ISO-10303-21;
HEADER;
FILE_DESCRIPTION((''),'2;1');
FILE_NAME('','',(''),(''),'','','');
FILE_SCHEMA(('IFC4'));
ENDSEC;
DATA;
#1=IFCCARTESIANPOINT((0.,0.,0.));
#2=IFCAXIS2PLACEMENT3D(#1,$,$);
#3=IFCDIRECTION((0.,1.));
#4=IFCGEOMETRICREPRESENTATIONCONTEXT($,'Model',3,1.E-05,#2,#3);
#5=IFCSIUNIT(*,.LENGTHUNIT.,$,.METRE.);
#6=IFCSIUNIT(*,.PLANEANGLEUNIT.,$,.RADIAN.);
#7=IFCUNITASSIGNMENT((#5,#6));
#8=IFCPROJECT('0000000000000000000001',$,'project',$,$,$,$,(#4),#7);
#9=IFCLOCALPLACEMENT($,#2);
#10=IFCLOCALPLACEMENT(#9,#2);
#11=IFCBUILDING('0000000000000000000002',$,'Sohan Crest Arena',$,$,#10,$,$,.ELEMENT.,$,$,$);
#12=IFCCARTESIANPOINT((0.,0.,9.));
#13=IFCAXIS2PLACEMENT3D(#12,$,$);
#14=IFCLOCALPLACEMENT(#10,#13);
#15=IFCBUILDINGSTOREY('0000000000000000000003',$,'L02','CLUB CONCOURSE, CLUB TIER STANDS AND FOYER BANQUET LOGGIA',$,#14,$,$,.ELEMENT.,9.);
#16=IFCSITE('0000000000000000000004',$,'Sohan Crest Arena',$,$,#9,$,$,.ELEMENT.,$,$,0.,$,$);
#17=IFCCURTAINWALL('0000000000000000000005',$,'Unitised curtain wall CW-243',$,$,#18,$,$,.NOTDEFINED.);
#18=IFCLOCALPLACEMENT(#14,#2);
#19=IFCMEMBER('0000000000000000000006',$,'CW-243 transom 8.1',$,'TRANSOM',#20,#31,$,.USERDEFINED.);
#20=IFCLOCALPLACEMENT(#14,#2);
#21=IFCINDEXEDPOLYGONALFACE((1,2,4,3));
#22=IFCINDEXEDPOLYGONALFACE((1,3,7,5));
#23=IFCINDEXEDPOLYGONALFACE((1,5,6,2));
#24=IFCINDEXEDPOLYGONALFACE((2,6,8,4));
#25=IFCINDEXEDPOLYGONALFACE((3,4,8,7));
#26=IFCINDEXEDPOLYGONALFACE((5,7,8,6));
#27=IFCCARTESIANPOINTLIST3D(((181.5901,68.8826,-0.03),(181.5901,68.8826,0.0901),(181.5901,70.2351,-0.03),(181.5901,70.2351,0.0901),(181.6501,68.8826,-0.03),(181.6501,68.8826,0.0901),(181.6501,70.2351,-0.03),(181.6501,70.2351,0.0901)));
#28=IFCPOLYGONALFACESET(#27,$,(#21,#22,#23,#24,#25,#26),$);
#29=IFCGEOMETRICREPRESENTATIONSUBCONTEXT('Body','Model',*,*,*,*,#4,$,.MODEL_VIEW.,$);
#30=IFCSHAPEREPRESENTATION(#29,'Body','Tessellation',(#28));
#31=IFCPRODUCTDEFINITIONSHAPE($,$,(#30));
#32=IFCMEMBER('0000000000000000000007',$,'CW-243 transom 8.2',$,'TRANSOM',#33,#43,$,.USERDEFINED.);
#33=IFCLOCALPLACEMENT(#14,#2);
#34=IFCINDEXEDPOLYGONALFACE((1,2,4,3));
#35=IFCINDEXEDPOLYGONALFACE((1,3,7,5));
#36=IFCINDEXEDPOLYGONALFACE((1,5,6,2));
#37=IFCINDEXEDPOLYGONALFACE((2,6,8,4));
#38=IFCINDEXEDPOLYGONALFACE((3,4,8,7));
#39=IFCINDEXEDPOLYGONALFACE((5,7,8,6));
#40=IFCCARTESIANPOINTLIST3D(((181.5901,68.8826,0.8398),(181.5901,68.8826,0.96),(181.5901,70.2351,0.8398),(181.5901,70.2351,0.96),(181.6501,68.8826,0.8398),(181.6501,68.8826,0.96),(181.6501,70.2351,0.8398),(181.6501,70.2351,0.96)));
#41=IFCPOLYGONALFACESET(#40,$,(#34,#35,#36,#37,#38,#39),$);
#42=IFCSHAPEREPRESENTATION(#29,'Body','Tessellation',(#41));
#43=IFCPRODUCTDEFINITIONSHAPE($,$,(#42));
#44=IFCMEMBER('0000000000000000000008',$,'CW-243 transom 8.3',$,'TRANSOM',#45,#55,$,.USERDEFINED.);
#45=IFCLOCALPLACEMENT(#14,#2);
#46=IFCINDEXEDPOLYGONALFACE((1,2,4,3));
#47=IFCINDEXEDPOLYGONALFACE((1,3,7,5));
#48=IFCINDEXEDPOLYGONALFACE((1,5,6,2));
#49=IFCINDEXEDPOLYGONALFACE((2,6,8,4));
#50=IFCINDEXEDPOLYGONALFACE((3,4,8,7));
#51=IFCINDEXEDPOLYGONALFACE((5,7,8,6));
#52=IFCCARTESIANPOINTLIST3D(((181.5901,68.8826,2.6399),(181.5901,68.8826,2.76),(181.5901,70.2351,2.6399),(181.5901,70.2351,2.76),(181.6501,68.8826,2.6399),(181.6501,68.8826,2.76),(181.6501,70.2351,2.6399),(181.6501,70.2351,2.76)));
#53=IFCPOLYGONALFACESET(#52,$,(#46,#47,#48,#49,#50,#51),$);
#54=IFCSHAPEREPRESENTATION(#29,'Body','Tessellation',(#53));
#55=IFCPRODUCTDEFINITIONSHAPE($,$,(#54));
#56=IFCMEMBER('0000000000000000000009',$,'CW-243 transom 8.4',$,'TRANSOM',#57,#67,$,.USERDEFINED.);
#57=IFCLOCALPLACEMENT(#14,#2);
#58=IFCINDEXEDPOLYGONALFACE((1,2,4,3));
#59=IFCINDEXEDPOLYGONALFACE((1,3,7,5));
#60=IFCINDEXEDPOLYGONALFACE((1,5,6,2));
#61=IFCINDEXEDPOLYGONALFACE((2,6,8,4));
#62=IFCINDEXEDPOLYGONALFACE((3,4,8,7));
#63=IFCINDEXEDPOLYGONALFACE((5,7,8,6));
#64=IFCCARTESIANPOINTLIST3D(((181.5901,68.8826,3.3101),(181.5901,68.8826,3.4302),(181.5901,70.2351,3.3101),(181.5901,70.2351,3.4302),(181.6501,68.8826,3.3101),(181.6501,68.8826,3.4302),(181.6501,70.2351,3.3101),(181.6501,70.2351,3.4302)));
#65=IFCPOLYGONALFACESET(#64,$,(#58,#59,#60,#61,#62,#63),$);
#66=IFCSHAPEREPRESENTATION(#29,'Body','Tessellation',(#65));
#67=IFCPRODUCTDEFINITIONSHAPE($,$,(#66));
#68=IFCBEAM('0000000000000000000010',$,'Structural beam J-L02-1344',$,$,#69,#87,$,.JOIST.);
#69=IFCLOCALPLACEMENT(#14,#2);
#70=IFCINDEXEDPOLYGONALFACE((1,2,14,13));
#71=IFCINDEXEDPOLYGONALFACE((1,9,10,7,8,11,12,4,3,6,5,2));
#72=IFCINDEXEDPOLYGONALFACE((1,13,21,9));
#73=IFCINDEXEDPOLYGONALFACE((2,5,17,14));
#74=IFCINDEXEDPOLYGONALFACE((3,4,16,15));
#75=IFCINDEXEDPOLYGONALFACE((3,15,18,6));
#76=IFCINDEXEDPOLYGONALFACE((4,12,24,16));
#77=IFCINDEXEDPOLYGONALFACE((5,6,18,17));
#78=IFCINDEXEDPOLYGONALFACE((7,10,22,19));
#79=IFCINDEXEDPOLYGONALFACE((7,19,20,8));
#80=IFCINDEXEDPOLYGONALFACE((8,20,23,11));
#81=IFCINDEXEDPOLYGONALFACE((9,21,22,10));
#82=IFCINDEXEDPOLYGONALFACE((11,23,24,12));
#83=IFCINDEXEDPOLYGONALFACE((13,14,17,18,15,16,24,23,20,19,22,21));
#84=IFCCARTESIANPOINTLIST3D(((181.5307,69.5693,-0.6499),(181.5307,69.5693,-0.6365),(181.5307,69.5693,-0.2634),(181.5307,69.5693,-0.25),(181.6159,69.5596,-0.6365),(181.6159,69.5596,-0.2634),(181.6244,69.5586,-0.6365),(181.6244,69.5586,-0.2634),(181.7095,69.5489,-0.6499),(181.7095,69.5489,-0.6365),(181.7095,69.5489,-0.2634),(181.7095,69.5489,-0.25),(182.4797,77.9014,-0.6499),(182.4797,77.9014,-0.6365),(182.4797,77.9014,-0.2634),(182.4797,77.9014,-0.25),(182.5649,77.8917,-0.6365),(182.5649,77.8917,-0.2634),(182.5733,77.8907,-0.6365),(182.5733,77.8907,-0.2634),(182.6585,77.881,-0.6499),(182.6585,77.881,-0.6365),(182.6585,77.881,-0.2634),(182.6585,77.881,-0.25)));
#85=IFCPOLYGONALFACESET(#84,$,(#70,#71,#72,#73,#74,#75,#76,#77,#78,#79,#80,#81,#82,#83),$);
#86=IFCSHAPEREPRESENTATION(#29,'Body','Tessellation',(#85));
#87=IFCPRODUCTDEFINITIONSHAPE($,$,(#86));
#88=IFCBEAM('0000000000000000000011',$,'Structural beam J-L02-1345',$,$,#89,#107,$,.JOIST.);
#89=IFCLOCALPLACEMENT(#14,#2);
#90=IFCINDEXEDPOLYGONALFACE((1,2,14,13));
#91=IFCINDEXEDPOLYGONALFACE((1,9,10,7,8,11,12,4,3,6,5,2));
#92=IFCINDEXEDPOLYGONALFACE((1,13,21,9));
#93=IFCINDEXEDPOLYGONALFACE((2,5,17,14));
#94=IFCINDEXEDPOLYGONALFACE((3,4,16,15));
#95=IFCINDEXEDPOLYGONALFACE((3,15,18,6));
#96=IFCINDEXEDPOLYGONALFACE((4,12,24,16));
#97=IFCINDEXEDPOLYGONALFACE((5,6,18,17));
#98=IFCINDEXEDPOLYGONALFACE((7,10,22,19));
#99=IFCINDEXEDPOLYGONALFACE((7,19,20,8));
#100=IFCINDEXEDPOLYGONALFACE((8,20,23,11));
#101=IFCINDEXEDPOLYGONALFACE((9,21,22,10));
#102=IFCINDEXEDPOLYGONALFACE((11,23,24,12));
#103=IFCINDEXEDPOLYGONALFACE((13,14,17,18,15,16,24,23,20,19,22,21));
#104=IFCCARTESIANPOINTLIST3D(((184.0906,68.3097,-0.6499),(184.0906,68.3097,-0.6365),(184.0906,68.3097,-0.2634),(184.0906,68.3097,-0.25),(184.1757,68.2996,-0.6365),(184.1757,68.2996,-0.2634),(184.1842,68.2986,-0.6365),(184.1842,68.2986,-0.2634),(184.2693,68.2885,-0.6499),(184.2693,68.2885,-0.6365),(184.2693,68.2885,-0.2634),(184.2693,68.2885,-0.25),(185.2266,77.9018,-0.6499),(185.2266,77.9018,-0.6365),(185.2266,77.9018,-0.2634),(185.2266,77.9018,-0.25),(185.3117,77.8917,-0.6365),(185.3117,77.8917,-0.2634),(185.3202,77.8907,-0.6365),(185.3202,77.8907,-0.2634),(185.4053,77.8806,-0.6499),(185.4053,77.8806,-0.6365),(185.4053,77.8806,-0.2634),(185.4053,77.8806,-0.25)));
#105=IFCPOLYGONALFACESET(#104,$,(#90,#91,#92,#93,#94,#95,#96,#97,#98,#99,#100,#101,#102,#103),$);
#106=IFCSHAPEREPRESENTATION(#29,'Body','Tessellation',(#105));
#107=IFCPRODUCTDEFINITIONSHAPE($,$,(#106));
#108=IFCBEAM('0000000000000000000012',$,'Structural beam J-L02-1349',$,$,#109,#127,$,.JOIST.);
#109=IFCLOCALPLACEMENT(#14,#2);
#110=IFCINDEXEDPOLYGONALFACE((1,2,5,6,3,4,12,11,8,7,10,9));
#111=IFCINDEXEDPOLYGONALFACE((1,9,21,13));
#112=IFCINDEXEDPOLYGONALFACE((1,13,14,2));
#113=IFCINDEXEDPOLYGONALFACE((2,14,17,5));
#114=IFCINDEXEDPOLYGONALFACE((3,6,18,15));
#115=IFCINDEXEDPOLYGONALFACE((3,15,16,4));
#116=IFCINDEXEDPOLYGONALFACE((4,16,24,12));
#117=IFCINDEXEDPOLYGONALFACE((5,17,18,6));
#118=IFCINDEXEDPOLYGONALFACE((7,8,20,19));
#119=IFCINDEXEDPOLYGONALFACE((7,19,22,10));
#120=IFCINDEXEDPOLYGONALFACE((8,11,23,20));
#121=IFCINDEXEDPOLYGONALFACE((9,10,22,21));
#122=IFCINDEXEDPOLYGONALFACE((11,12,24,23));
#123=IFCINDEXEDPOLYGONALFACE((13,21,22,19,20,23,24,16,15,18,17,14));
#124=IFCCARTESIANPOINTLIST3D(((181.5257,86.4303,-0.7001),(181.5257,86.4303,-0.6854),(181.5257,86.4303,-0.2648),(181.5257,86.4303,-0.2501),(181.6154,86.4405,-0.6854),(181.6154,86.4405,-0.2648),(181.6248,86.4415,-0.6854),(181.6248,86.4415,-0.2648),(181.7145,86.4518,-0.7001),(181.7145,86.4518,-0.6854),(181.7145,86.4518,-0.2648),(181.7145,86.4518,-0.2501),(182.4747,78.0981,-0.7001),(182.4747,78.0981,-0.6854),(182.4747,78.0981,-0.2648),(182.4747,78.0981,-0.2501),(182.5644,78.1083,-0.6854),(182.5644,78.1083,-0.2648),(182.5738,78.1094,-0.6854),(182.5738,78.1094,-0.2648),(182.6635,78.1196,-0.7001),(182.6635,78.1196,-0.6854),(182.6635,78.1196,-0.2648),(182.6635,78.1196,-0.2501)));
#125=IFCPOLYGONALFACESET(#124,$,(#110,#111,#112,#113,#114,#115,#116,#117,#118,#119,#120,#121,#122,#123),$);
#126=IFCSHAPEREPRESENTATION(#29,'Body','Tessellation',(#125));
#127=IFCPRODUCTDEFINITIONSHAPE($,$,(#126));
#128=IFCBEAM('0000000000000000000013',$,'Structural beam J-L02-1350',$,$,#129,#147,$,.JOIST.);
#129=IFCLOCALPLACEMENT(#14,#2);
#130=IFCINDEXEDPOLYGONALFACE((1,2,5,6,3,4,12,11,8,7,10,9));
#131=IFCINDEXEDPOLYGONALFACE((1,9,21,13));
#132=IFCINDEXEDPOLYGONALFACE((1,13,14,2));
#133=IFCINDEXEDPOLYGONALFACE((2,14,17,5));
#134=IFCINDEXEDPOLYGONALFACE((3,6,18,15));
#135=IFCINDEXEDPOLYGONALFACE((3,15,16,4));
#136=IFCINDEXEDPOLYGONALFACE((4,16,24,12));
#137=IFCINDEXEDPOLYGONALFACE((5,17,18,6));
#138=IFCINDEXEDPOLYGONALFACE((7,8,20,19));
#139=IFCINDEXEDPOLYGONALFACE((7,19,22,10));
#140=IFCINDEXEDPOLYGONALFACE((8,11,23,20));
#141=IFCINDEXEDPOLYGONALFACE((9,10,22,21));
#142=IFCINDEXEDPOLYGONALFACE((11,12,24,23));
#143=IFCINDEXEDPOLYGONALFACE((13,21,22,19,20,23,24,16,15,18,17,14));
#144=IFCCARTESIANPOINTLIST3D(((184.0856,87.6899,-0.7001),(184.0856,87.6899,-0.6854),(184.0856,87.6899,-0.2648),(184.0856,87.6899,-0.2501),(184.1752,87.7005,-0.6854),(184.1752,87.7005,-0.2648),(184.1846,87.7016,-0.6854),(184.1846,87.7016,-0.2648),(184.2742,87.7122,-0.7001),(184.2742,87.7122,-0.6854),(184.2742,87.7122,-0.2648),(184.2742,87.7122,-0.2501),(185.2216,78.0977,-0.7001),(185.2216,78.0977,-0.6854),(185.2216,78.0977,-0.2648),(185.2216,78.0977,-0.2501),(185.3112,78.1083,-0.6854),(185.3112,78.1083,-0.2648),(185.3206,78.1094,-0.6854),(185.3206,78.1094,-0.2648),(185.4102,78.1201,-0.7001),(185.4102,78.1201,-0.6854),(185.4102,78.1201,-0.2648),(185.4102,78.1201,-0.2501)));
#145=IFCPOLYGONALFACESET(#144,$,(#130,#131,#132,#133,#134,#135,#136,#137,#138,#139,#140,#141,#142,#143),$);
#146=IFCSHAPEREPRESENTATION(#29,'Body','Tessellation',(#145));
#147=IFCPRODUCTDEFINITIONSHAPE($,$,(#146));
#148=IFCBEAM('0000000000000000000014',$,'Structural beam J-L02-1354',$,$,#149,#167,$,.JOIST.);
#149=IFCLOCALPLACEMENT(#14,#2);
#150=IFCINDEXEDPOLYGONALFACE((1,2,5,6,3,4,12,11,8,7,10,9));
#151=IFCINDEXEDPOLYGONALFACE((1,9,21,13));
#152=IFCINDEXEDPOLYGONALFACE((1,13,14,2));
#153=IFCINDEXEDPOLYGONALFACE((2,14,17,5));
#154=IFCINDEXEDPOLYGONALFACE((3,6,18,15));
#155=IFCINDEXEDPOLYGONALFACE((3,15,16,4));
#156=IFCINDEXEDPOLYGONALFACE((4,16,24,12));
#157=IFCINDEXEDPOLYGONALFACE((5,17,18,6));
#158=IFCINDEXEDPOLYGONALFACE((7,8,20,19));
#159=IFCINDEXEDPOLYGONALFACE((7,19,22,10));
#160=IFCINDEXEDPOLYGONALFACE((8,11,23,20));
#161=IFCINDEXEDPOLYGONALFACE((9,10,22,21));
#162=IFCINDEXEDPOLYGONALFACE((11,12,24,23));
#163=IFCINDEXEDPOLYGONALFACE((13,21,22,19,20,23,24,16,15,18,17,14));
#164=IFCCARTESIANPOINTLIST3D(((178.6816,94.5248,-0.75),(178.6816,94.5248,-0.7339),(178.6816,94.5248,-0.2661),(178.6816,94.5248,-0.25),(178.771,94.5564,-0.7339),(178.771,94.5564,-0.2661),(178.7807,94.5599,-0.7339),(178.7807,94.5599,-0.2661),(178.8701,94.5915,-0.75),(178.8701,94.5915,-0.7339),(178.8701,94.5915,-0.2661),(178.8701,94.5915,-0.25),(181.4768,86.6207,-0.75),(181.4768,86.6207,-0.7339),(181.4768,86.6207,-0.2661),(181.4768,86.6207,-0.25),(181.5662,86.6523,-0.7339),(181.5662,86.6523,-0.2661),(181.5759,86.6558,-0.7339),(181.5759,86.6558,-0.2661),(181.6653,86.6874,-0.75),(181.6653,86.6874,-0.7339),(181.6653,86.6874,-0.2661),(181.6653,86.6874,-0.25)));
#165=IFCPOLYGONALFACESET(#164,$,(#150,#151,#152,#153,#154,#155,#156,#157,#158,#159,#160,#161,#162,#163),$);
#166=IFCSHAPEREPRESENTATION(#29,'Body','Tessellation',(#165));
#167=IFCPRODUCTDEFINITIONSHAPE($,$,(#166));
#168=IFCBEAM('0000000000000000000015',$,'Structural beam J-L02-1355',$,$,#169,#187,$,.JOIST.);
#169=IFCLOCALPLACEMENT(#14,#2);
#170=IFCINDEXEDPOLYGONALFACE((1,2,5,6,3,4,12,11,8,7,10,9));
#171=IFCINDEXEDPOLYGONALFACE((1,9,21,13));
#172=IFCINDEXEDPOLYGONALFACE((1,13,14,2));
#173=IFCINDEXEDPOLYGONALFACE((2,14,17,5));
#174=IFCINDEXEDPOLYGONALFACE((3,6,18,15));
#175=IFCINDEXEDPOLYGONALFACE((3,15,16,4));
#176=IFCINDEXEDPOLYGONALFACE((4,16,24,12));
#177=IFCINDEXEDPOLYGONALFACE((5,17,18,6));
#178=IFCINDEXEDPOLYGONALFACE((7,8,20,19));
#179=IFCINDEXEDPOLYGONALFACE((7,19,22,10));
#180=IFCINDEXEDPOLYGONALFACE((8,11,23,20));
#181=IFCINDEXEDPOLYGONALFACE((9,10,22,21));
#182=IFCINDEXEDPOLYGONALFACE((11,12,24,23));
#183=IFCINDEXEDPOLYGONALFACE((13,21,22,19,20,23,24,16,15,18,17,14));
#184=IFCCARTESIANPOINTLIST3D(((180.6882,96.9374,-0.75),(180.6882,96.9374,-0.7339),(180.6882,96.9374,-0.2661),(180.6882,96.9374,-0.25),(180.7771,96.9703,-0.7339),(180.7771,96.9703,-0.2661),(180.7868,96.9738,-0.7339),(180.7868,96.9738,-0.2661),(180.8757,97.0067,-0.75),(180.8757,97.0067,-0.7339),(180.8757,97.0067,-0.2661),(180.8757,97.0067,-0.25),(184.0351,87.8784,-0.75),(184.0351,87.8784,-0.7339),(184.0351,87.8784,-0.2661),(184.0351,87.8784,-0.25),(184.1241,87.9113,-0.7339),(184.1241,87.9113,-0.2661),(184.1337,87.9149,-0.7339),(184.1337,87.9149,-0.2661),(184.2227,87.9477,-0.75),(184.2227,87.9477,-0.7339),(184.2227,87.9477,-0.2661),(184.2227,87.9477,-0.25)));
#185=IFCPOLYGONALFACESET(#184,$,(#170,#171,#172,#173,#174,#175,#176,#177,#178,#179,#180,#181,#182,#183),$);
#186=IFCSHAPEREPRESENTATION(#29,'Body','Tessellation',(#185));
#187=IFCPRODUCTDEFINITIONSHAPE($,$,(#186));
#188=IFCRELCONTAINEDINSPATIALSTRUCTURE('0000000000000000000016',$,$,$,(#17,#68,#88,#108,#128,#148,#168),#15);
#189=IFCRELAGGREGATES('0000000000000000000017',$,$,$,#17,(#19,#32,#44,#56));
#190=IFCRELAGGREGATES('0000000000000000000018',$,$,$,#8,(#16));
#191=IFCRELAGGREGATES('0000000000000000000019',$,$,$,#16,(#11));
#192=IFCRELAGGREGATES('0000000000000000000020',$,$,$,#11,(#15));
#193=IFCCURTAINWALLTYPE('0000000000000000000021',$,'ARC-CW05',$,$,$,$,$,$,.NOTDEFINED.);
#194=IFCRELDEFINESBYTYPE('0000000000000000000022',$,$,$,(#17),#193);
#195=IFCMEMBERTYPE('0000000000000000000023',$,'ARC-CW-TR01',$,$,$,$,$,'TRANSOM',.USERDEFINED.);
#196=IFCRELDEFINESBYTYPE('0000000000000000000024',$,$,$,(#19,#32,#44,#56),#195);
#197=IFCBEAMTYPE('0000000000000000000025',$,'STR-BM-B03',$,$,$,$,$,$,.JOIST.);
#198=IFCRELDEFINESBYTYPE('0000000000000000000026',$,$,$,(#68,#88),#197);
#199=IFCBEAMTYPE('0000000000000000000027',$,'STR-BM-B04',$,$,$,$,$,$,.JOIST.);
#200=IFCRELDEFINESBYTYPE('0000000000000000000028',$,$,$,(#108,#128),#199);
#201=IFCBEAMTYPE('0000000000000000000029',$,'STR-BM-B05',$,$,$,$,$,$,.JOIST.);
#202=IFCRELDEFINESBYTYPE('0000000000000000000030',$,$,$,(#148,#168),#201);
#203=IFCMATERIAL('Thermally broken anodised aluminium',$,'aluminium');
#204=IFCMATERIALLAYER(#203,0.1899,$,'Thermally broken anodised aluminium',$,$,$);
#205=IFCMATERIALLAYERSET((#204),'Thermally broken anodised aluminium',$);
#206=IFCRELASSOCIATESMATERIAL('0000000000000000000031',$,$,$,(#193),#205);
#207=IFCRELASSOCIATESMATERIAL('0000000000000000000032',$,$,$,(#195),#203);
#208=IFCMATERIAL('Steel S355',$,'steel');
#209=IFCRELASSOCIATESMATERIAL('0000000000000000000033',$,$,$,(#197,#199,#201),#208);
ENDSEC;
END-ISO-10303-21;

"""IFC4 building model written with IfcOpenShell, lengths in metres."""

from ifc_helpers import new_model, si_unit, direction, frame, origin, origin_2d, place, context, subcontext, project, spatial, rectangle, i_section, extrude, material, layer, layer_set, material_profile, profile_set, type_object, element, aggregate, save


model = new_model("IFC4")

# Units and contexts
model_context = context("Model", 3, precision=1e-05, world=origin(), true_north=direction((0.0, 1.0)))
body_context = subcontext(model_context, "Body", "Model", "MODEL_VIEW")
ifc_project = project(units=[si_unit("LENGTHUNIT", "METRE"), si_unit("PLANEANGLEUNIT", "RADIAN")], contexts=[model_context])

# Site, building, storey
site_placement = place(None, origin())
site = spatial("IfcSite", under=ifc_project, at=site_placement, Name="Sohan Crest Arena", CompositionType="ELEMENT", RefElevation=0.0)
building_placement = place(site_placement, origin())
building = spatial("IfcBuilding", under=site, at=building_placement, Name="Sohan Crest Arena", CompositionType="ELEMENT")
storey_placement = place(building_placement, frame((0.0, 0.0, 9.0)))
storey = spatial("IfcBuildingStorey", under=building, at=storey_placement, Name="L02", Description="CLUB CONCOURSE, CLUB TIER STANDS AND FOYER BANQUET LOGGIA", CompositionType="ELEMENT", Elevation=9.0)

# Shared definitions
ifc_material_1 = material(Name="Steel S355", Category="steel")

# Shared definitions
ifc_material_2 = material(Name="Thermally broken anodised aluminium", Category="aluminium")

# Curtain wall
ifc_layer_1 = layer(ifc_material_2, 0.1899, Name="Thermally broken anodised aluminium")
ifc_layer_set_1 = layer_set([ifc_layer_1], Name="Thermally broken anodised aluminium")
curtain_wall_type_1 = type_object("IfcCurtainWallType", Name="ARC-CW05", PredefinedType="NOTDEFINED", material=ifc_layer_set_1)
curtain_wall_1_placement = place(storey_placement, origin())
curtain_wall_1 = element("IfcCurtainWall", 1, at=curtain_wall_1_placement, inside=storey, type_object=curtain_wall_type_1, Name="Unitised curtain wall CW-243", PredefinedType="NOTDEFINED")

# Members
ifc_material_profile_1 = material_profile(ifc_material_2, rectangle(XDim=0.0601, YDim=0.1201, at=origin_2d()), Name="ALU-TRAN 60x120")
ifc_profile_set_1 = profile_set([ifc_material_profile_1], Name="Thermally broken anodised aluminium")
member_type_1 = type_object("IfcMemberType", Name="ARC-CW-TR01", ElementType="TRANSOM", PredefinedType="USERDEFINED", material=ifc_profile_set_1)
member_1_placement = place(storey_placement, frame((181.6201, 68.8826, 0.03), z_axis=(0.0, 1.0, 0.0), x_axis=(-1.0, 0.0, 0.0)))
member_1 = element("IfcMember", 2, at=member_1_placement, type_object=member_type_1, Name="CW-243 transom 8.1", ObjectType="TRANSOM", PredefinedType="USERDEFINED", context=body_context, shape_type="SweptSolid", body=[
    extrude(rectangle(XDim=0.0601, YDim=0.1201, at=origin_2d()), origin(), (0.0, 0.0, 1.0), 1.3525),
])
member_2_placement = place(storey_placement, frame((181.6201, 68.8826, 0.8999), z_axis=(0.0, 1.0, 0.0), x_axis=(-1.0, 0.0, 0.0)))
member_2 = element("IfcMember", 3, at=member_2_placement, type_object=member_type_1, Name="CW-243 transom 8.2", ObjectType="TRANSOM", PredefinedType="USERDEFINED", context=body_context, shape_type="SweptSolid", body=[
    extrude(rectangle(XDim=0.0601, YDim=0.1201, at=origin_2d()), origin(), (0.0, 0.0, 1.0), 1.3525),
])
member_3_placement = place(storey_placement, frame((181.6201, 68.8826, 2.7), z_axis=(0.0, 1.0, 0.0), x_axis=(-1.0, 0.0, 0.0)))
member_3 = element("IfcMember", 4, at=member_3_placement, type_object=member_type_1, Name="CW-243 transom 8.3", ObjectType="TRANSOM", PredefinedType="USERDEFINED", context=body_context, shape_type="SweptSolid", body=[
    extrude(rectangle(XDim=0.0601, YDim=0.1201, at=origin_2d()), origin(), (0.0, 0.0, 1.0), 1.3525),
])
member_4_placement = place(storey_placement, frame((181.6201, 68.8826, 3.3701), z_axis=(0.0, 1.0, 0.0), x_axis=(-1.0, 0.0, 0.0)))
member_4 = element("IfcMember", 5, at=member_4_placement, type_object=member_type_1, Name="CW-243 transom 8.4", ObjectType="TRANSOM", PredefinedType="USERDEFINED", context=body_context, shape_type="SweptSolid", body=[
    extrude(rectangle(XDim=0.0601, YDim=0.1201, at=origin_2d()), origin(), (0.0, 0.0, 1.0), 1.3525),
])

# Beams
ifc_material_profile_2 = material_profile(ifc_material_1, i_section(OverallWidth=0.1799, OverallDepth=0.3999, WebThickness=0.0085, FlangeThickness=0.0134, at=origin_2d()), Name="IPE 400")
ifc_profile_set_2 = profile_set([ifc_material_profile_2], Name="Steel S355")
beam_type_1 = type_object("IfcBeamType", Name="STR-BM-B03", PredefinedType="JOIST", material=ifc_profile_set_2)
beam_1_placement = place(storey_placement, frame((181.6201, 69.5591, -0.45), z_axis=(0.113163, 0.993576, 0.0), x_axis=(-0.993576, 0.113163, 0.0)))
element("IfcBeam", 6, at=beam_1_placement, inside=storey, type_object=beam_type_1, Name="Structural beam J-L02-1344", PredefinedType="JOIST", context=body_context, shape_type="SweptSolid", body=[
    extrude(i_section(OverallWidth=0.1799, OverallDepth=0.3999, WebThickness=0.0085, FlangeThickness=0.0134, at=origin_2d()), origin(), (0.0, 0.0, 1.0), 8.386),
])
beam_2_placement = place(storey_placement, frame((184.1799, 68.2991, -0.45), z_axis=(0.117608, 0.99306, 0.0), x_axis=(-0.99306, 0.117608, 0.0)))
element("IfcBeam", 7, at=beam_2_placement, inside=storey, type_object=beam_type_1, Name="Structural beam J-L02-1345", PredefinedType="JOIST", context=body_context, shape_type="SweptSolid", body=[
    extrude(i_section(OverallWidth=0.1799, OverallDepth=0.3999, WebThickness=0.0085, FlangeThickness=0.0134, at=origin_2d()), origin(), (0.0, 0.0, 1.0), 9.6592),
])
ifc_material_profile_3 = material_profile(ifc_material_1, i_section(OverallWidth=0.1899, OverallDepth=0.45, WebThickness=0.0095, FlangeThickness=0.0146, at=origin_2d()), Name="IPE 450")
ifc_profile_set_3 = profile_set([ifc_material_profile_3], Name="Steel S355")
beam_type_2 = type_object("IfcBeamType", Name="STR-BM-B04", PredefinedType="JOIST", material=ifc_profile_set_3)
beam_3_placement = place(storey_placement, frame((182.5691, 78.1089, -0.4751), z_axis=(-0.113163, 0.993576, 0.0), x_axis=(-0.993576, -0.113163, 0.0)))
element("IfcBeam", 8, at=beam_3_placement, inside=storey, type_object=beam_type_2, Name="Structural beam J-L02-1349", PredefinedType="JOIST", context=body_context, shape_type="SweptSolid", body=[
    extrude(i_section(OverallWidth=0.1899, OverallDepth=0.45, WebThickness=0.0095, FlangeThickness=0.0146, at=origin_2d()), origin(), (0.0, 0.0, 1.0), 8.386),
])
beam_4_placement = place(storey_placement, frame((185.3159, 78.1089, -0.4751), z_axis=(-0.117608, 0.99306, 0.0), x_axis=(-0.99306, -0.117608, 0.0)))
element("IfcBeam", 9, at=beam_4_placement, inside=storey, type_object=beam_type_2, Name="Structural beam J-L02-1350", PredefinedType="JOIST", context=body_context, shape_type="SweptSolid", body=[
    extrude(i_section(OverallWidth=0.1899, OverallDepth=0.45, WebThickness=0.0095, FlangeThickness=0.0146, at=origin_2d()), origin(), (0.0, 0.0, 1.0), 9.6592),
])
ifc_material_profile_4 = material_profile(ifc_material_1, i_section(OverallWidth=0.2, OverallDepth=0.5, WebThickness=0.0103, FlangeThickness=0.0161, at=origin_2d()), Name="IPE 500")
ifc_profile_set_4 = profile_set([ifc_material_profile_4], Name="Steel S355")
beam_type_3 = type_object("IfcBeamType", Name="STR-BM-B05", PredefinedType="JOIST", material=ifc_profile_set_4)
beam_5_placement = place(storey_placement, frame((181.571, 86.6541, -0.5), z_axis=(-0.333403, 0.942784, 0.0), x_axis=(-0.942784, -0.333403, 0.0)))
element("IfcBeam", 10, at=beam_5_placement, inside=storey, type_object=beam_type_3, Name="Structural beam J-L02-1354", PredefinedType="JOIST", context=body_context, shape_type="SweptSolid", body=[
    extrude(i_section(OverallWidth=0.2, OverallDepth=0.5, WebThickness=0.0103, FlangeThickness=0.0161, at=origin_2d()), origin(), (0.0, 0.0, 1.0), 8.3838),
])
beam_6_placement = place(storey_placement, frame((184.1289, 87.9131, -0.5), z_axis=(-0.346567, 0.938025, 0.0), x_axis=(-0.938025, -0.346567, 0.0)))
element("IfcBeam", 11, at=beam_6_placement, inside=storey, type_object=beam_type_3, Name="Structural beam J-L02-1355", PredefinedType="JOIST", context=body_context, shape_type="SweptSolid", body=[
    extrude(i_section(OverallWidth=0.2, OverallDepth=0.5, WebThickness=0.0103, FlangeThickness=0.0161, at=origin_2d()), origin(), (0.0, 0.0, 1.0), 9.6575),
])

aggregate(curtain_wall_1, [member_1, member_2, member_3, member_4])

save(model, "model.ifc")
